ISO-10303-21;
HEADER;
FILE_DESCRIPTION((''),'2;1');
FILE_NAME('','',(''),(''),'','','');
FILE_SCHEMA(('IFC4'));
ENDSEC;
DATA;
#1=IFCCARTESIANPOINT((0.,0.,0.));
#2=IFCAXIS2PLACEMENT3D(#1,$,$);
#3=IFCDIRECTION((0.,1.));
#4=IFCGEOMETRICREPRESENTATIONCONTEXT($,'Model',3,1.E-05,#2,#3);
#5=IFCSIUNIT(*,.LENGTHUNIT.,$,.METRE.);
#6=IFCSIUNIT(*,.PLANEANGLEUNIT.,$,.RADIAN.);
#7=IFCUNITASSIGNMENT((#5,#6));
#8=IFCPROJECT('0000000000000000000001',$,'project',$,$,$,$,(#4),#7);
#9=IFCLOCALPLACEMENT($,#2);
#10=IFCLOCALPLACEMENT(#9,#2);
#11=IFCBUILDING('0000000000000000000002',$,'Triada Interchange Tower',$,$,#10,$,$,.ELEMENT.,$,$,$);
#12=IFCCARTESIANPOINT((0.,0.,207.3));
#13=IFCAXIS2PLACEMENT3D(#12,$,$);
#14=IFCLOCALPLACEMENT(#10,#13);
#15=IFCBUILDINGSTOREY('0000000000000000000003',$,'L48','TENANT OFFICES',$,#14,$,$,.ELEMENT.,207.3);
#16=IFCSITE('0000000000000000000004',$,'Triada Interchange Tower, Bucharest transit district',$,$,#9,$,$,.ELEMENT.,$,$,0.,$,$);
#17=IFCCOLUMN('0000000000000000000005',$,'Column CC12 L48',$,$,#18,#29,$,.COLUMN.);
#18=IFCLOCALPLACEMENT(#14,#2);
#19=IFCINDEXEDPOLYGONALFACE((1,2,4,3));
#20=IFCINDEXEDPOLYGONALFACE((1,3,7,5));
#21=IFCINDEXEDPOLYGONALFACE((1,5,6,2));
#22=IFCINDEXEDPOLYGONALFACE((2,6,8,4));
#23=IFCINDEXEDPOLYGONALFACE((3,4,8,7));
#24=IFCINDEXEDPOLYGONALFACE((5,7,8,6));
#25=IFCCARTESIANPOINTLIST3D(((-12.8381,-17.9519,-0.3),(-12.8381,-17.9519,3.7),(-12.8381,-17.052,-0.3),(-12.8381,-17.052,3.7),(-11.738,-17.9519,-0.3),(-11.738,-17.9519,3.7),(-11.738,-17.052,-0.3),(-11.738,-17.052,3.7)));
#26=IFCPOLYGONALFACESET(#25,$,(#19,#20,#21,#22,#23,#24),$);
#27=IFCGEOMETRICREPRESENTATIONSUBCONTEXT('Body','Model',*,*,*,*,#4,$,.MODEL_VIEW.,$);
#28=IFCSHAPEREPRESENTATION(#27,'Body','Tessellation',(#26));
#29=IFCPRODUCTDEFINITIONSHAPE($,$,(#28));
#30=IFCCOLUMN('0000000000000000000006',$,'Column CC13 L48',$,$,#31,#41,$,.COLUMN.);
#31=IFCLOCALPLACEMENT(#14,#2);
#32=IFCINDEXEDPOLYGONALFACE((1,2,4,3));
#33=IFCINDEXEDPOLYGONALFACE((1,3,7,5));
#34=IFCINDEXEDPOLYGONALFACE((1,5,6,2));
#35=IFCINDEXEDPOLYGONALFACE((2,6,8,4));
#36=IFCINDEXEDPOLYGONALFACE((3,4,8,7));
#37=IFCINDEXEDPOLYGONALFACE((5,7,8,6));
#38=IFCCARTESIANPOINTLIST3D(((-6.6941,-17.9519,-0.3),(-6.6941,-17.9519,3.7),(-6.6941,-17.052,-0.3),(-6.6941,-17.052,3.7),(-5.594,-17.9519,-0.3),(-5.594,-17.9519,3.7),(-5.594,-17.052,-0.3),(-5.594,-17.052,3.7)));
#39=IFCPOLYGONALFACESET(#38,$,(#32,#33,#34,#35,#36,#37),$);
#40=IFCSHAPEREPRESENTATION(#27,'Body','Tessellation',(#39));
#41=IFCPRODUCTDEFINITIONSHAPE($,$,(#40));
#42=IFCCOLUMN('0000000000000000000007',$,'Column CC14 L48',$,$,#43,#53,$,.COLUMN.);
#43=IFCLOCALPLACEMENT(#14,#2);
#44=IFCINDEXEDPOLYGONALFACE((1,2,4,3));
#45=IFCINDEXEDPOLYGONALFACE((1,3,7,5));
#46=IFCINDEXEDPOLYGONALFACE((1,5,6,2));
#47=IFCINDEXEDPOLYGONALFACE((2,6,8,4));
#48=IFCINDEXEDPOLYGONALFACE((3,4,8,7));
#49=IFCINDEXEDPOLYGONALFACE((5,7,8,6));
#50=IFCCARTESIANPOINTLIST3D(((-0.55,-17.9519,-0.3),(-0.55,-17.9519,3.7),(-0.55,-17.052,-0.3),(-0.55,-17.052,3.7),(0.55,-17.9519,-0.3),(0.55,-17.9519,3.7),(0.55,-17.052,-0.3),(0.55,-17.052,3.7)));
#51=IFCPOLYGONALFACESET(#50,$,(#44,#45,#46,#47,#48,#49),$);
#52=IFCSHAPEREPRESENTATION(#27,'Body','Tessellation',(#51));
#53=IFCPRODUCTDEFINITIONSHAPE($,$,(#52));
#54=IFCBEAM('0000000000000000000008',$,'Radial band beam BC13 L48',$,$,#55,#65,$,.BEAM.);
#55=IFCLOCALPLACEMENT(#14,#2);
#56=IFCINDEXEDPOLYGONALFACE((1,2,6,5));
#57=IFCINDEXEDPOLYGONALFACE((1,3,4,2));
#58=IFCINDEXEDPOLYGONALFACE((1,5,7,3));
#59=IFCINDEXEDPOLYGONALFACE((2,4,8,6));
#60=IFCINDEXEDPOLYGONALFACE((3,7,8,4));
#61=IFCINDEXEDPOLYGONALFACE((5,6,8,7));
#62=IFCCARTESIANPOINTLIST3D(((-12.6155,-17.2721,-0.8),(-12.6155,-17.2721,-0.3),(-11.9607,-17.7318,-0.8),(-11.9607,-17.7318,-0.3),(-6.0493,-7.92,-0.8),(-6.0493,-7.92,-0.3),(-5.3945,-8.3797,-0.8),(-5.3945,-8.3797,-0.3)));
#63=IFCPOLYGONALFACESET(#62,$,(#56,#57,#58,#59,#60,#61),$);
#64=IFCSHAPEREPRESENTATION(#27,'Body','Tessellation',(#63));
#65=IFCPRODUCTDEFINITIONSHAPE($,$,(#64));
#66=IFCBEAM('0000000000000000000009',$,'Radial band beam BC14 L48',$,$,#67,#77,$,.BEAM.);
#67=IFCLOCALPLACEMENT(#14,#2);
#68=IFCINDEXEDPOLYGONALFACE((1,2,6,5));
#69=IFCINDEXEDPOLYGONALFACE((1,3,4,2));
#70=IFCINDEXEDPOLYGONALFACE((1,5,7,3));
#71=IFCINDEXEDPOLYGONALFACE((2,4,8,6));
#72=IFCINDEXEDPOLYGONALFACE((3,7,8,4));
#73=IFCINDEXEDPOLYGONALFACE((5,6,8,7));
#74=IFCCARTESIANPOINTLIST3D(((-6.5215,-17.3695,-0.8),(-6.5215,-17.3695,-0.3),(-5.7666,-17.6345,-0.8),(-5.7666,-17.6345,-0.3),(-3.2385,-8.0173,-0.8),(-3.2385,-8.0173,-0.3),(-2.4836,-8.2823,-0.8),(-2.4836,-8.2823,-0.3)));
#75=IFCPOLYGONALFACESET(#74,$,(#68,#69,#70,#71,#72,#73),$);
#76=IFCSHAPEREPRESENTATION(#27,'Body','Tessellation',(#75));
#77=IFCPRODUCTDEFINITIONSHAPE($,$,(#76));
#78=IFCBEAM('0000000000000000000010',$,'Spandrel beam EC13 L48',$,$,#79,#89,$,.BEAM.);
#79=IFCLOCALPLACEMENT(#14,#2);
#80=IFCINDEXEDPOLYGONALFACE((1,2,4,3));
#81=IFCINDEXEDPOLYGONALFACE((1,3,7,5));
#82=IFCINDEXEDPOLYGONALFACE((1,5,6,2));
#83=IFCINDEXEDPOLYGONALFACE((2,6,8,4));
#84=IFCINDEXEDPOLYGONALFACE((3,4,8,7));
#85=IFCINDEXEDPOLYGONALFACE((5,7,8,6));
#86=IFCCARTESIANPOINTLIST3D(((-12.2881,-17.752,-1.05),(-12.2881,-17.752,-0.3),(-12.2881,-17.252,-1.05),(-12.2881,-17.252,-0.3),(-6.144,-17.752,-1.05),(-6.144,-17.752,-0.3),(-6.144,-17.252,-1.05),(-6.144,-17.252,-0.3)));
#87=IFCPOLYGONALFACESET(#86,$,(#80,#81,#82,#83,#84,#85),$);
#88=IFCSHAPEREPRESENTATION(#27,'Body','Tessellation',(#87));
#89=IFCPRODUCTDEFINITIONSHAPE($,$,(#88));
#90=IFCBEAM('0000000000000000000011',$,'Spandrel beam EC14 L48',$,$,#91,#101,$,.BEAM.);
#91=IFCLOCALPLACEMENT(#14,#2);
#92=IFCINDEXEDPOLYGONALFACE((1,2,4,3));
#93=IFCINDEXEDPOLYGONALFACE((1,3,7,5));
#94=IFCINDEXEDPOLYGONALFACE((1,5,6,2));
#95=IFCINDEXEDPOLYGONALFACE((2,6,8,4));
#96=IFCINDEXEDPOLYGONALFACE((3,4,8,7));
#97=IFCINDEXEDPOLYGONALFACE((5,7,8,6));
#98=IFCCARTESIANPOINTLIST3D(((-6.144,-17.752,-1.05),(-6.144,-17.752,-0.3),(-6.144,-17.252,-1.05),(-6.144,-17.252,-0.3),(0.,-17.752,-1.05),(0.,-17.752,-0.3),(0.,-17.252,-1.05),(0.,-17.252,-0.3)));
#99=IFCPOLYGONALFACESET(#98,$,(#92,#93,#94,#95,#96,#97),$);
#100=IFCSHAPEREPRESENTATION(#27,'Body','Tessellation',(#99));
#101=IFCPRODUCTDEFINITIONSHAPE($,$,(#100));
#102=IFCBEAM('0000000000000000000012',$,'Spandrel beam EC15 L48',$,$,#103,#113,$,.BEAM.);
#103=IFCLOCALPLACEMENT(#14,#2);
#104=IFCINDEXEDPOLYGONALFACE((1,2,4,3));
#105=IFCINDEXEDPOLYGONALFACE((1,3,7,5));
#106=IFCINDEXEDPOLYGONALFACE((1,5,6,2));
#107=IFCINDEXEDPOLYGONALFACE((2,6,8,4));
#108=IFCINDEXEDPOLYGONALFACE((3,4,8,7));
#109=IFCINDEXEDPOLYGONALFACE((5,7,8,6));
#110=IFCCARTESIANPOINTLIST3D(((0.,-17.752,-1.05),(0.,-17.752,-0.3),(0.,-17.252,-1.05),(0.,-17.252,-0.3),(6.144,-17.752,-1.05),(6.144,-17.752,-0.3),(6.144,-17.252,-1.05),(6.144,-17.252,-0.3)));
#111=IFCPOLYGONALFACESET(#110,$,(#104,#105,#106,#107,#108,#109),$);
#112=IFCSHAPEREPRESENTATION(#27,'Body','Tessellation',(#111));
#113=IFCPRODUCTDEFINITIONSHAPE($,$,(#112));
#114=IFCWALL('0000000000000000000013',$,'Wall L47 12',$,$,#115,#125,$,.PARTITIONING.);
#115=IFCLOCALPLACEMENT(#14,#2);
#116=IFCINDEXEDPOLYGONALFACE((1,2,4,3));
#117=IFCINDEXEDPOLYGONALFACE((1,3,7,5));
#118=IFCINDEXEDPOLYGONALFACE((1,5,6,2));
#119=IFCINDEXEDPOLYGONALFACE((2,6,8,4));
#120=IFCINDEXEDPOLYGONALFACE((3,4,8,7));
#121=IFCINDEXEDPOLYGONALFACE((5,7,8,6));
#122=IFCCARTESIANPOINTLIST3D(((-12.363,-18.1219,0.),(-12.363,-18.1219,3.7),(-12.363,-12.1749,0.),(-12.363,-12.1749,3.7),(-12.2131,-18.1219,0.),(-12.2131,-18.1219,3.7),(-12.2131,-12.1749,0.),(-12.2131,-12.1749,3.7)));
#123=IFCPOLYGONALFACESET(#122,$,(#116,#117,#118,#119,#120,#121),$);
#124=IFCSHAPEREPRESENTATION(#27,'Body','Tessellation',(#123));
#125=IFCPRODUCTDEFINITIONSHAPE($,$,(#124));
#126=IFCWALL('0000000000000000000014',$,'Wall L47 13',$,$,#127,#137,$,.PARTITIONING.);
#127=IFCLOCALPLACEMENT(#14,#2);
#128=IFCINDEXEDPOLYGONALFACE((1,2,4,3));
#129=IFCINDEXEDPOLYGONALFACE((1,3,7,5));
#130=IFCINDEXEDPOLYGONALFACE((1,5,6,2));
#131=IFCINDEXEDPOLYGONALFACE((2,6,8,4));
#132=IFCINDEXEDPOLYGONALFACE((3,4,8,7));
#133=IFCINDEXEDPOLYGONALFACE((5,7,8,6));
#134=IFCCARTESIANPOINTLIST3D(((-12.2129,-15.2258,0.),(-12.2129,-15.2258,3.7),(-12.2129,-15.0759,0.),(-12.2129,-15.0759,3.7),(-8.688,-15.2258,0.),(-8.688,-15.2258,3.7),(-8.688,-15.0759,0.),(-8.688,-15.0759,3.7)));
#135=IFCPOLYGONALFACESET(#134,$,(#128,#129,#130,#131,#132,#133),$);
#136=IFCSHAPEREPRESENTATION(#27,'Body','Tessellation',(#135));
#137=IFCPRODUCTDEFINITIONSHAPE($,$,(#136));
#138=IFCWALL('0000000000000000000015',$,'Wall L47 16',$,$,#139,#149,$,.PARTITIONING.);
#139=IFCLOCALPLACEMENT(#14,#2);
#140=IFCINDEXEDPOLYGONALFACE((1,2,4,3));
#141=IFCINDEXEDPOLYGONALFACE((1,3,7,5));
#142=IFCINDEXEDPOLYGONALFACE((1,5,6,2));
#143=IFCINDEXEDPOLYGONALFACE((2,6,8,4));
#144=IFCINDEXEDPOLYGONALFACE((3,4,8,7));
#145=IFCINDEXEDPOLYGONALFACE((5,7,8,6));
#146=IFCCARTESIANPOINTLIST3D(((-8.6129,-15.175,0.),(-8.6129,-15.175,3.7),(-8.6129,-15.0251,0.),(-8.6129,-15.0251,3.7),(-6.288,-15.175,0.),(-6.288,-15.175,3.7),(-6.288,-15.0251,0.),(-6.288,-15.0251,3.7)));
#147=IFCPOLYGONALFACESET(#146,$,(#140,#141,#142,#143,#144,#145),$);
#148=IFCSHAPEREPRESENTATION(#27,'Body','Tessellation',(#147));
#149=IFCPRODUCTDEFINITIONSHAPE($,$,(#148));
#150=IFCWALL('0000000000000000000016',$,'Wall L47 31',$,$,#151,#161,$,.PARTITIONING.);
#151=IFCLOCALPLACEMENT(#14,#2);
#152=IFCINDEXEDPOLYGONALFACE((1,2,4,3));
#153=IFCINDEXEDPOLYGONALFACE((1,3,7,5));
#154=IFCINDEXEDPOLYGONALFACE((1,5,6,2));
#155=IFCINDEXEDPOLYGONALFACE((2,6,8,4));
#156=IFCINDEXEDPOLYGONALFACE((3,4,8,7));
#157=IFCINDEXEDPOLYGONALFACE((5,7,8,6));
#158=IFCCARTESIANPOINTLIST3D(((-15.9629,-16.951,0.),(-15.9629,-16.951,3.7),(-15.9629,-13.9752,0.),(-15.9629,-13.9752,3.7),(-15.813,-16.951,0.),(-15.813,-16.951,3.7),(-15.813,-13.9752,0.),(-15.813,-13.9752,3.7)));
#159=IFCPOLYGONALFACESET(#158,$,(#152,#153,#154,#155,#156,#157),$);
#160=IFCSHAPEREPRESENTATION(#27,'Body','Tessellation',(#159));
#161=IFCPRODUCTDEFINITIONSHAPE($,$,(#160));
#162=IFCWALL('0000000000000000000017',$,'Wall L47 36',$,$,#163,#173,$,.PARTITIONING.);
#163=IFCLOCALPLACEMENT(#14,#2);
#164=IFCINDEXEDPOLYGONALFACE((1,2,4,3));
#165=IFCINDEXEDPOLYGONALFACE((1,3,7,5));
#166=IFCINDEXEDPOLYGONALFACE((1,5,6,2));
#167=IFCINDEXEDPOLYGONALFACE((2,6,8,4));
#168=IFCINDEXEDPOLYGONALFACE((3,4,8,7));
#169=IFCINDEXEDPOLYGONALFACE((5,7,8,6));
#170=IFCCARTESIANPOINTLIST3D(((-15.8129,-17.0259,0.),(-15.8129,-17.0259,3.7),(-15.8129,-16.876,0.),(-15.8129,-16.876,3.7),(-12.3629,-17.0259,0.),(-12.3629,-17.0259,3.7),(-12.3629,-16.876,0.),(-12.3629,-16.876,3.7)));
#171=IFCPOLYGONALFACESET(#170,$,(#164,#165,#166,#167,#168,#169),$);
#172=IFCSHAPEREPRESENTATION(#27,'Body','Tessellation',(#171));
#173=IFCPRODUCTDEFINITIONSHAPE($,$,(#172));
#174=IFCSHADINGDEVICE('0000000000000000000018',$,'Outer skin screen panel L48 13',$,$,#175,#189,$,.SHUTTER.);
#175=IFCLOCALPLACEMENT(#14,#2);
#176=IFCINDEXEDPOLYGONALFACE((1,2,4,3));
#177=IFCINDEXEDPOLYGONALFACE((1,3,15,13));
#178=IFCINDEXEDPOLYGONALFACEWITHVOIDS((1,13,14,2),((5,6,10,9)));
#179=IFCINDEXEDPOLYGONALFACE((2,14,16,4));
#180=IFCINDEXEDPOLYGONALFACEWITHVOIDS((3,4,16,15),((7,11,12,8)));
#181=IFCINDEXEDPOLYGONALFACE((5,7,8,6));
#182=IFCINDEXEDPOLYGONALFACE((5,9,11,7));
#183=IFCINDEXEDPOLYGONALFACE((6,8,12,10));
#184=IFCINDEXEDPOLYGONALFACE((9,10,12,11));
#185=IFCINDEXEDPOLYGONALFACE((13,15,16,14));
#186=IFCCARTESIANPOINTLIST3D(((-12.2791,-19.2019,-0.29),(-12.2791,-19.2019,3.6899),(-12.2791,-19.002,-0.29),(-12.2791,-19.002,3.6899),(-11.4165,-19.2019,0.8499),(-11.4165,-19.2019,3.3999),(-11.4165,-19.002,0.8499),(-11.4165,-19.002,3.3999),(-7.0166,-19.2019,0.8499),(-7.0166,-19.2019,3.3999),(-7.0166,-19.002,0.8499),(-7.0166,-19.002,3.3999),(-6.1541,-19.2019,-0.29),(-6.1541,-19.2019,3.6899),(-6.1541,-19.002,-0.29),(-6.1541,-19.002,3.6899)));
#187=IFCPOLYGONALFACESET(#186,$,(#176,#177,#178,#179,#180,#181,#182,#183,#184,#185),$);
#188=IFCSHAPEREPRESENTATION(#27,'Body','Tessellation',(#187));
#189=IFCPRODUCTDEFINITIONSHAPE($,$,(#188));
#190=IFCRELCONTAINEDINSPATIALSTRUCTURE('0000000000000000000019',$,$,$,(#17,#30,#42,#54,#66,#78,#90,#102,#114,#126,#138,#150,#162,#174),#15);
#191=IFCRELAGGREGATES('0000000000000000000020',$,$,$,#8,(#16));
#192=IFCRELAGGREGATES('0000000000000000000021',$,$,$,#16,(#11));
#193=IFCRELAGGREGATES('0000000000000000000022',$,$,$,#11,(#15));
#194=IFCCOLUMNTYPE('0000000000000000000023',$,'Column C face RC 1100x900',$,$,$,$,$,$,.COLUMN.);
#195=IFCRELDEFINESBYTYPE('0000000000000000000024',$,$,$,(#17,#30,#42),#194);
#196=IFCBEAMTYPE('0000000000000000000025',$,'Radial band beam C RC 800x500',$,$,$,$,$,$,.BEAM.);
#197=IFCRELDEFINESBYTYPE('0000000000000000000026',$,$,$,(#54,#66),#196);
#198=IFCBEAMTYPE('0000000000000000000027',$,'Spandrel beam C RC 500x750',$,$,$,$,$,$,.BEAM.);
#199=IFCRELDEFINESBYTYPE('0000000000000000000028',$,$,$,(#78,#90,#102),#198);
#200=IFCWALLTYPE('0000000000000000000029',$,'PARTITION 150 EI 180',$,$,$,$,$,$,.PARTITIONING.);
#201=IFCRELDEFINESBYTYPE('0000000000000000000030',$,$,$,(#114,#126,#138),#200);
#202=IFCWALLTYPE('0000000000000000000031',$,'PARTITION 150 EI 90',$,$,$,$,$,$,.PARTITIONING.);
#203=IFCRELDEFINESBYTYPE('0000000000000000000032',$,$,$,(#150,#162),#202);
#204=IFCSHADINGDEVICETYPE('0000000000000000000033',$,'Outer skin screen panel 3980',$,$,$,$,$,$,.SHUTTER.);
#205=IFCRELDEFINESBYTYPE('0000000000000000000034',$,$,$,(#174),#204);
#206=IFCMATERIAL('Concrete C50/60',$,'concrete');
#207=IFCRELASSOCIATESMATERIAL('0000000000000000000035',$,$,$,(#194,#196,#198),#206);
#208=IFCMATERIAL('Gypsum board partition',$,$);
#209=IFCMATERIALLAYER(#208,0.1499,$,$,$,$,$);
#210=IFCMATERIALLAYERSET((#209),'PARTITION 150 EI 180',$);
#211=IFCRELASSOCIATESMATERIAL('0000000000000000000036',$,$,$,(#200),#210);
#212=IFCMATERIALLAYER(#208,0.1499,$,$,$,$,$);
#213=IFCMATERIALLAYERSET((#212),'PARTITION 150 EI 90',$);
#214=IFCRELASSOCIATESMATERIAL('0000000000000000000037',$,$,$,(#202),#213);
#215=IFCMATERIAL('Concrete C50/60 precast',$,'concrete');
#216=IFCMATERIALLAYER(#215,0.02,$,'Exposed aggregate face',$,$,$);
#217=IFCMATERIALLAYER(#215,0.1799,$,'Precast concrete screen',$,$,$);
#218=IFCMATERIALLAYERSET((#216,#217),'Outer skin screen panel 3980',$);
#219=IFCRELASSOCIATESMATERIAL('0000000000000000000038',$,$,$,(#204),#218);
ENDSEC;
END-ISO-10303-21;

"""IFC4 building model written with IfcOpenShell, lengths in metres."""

from ifc_helpers import new_model, si_unit, direction, frame, frame_2d, origin, origin_2d, place, context, subcontext, project, spatial, polyline, rectangle, outline, extrude, material, layer, layer_set, material_profile, profile_set, type_object, element, save


model = new_model("IFC4")

# Units and contexts
model_context = context("Model", 3, precision=1e-05, world=origin(), true_north=direction((0.0, 1.0)))
body_context = subcontext(model_context, "Body", "Model", "MODEL_VIEW")
ifc_project = project(units=[si_unit("LENGTHUNIT", "METRE"), si_unit("PLANEANGLEUNIT", "RADIAN")], contexts=[model_context])

# Site, building, storey
site_placement = place(None, origin())
site = spatial("IfcSite", under=ifc_project, at=site_placement, Name="Triada Interchange Tower, Bucharest transit district", CompositionType="ELEMENT", RefElevation=0.0)
building_placement = place(site_placement, origin())
building = spatial("IfcBuilding", under=site, at=building_placement, Name="Triada Interchange Tower", CompositionType="ELEMENT")
storey_placement = place(building_placement, frame((0.0, 0.0, 207.3)))
storey = spatial("IfcBuildingStorey", under=building, at=storey_placement, Name="L48", Description="TENANT OFFICES", CompositionType="ELEMENT", Elevation=207.3)

# Columns
ifc_material_1 = material(Name="Concrete C50/60", Category="concrete")
ifc_material_profile_1 = material_profile(ifc_material_1, rectangle(XDim=1.1001, YDim=0.8999, at=origin_2d()), Name="RC 1100x900")
ifc_profile_set_1 = profile_set([ifc_material_profile_1], Name="Concrete C50/60")
column_type = type_object("IfcColumnType", Name="Column C face RC 1100x900", PredefinedType="COLUMN", material=ifc_profile_set_1)
for number, where, z_axis, x_axis, name in (
    (1, (-12.2881, -17.502, -0.3), (0.0, 0.0, 1.0), (1.0, 0.0, 0.0), "Column CC12 L48"),
    (2, (-6.144, -17.502, -0.3), (0.0, 0.0, 1.0), (1.0, 0.0, 0.0), "Column CC13 L48"),
    (3, (0.0, -17.502, -0.3), (0.0, 0.0, 1.0), (1.0, 0.0, 0.0), "Column CC14 L48"),
):
    element("IfcColumn", number, at=place(storey_placement, frame(where, z_axis=z_axis, x_axis=x_axis)), inside=storey, type_object=column_type, Name=name, PredefinedType="COLUMN", context=body_context, shape_type="SweptSolid", body=[
        extrude(rectangle(XDim=1.1001, YDim=0.8999, at=origin_2d()), origin(), (0.0, 0.0, 1.0), 4.0),
    ])

# Beams
ifc_material_profile_2 = material_profile(ifc_material_1, rectangle(XDim=0.8, YDim=0.5, at=origin_2d()), Name="RC 800x500")
ifc_profile_set_2 = profile_set([ifc_material_profile_2], Name="Concrete C50/60")
beam_type_1 = type_object("IfcBeamType", Name="Radial band beam C RC 800x500", PredefinedType="BEAM", material=ifc_profile_set_2)
beam_1_placement = place(storey_placement, frame((-12.2881, -17.502, -0.55), z_axis=(0.57462, 0.81842, 0.0), x_axis=(-0.81842, 0.57462, 0.0)))
element("IfcBeam", 4, at=beam_1_placement, inside=storey, type_object=beam_type_1, Name="Radial band beam BC13 L48", PredefinedType="BEAM", context=body_context, shape_type="SweptSolid", body=[
    extrude(rectangle(XDim=0.8, YDim=0.5, at=origin_2d()), origin(), (0.0, 0.0, 1.0), 11.427),
])
beam_2_placement = place(storey_placement, frame((-6.144, -17.502, -0.55), z_axis=(0.331226, 0.943552, 0.0), x_axis=(-0.943552, 0.331226, 0.0)))
element("IfcBeam", 5, at=beam_2_placement, inside=storey, type_object=beam_type_1, Name="Radial band beam BC14 L48", PredefinedType="BEAM", context=body_context, shape_type="SweptSolid", body=[
    extrude(rectangle(XDim=0.8, YDim=0.5, at=origin_2d()), origin(), (0.0, 0.0, 1.0), 9.9116),
])
ifc_material_profile_3 = material_profile(ifc_material_1, rectangle(XDim=0.5, YDim=0.75, at=origin_2d()), Name="RC 500x750")
ifc_profile_set_3 = profile_set([ifc_material_profile_3], Name="Concrete C50/60")
beam_type_2 = type_object("IfcBeamType", Name="Spandrel beam C RC 500x750", PredefinedType="BEAM", material=ifc_profile_set_3)
for number, where, z_axis, x_axis, name in (
    (6, (-12.2881, -17.502, -0.675), (1.0, 0.0, 0.0), (0.0, 1.0, 0.0), "Spandrel beam EC13 L48"),
    (7, (-6.144, -17.502, -0.675), (1.0, 0.0, 0.0), (0.0, 1.0, 0.0), "Spandrel beam EC14 L48"),
    (8, (0.0, -17.502, -0.675), (1.0, 0.0, 0.0), (0.0, 1.0, 0.0), "Spandrel beam EC15 L48"),
):
    element("IfcBeam", number, at=place(storey_placement, frame(where, z_axis=z_axis, x_axis=x_axis)), inside=storey, type_object=beam_type_2, Name=name, PredefinedType="BEAM", context=body_context, shape_type="SweptSolid", body=[
        extrude(rectangle(XDim=0.5, YDim=0.75, at=origin_2d()), origin(), (0.0, 0.0, 1.0), 6.144),
    ])

# Walls
ifc_material_2 = material(Name="Gypsum board partition")
ifc_layer_1 = layer(ifc_material_2, 0.1499)
ifc_layer_set_1 = layer_set([ifc_layer_1], Name="PARTITION 150 EI 180")
wall_type_1 = type_object("IfcWallType", Name="PARTITION 150 EI 180", PredefinedType="PARTITIONING", material=ifc_layer_set_1)
wall_1_placement = place(storey_placement, frame((-12.2881, -18.1221, 0.0), z_axis=(0.0, 0.0, 1.0), x_axis=(0.0, 1.0, 0.0)))
element("IfcWall", 9, at=wall_1_placement, inside=storey, type_object=wall_type_1, Name="Wall L47 12", PredefinedType="PARTITIONING", context=body_context, shape_type="SweptSolid", body=[
    extrude(rectangle(XDim=5.947, YDim=0.1499, at=frame_2d((2.9736, 0.0))), origin(), (0.0, 0.0, 1.0), 3.7),
])
wall_2_placement = place(storey_placement, frame((-12.2129, -15.1509, 0.0), z_axis=(0.0, 0.0, 1.0), x_axis=(1.0, 0.0, 0.0)))
element("IfcWall", 10, at=wall_2_placement, inside=storey, type_object=wall_type_1, Name="Wall L47 13", PredefinedType="PARTITIONING", context=body_context, shape_type="SweptSolid", body=[
    extrude(rectangle(XDim=3.5249, YDim=0.1499, at=frame_2d((1.7625, 0.0))), origin(), (0.0, 0.0, 1.0), 3.7),
])
wall_3_placement = place(storey_placement, frame((-8.613, -15.1001, 0.0), z_axis=(0.0, 0.0, 1.0), x_axis=(1.0, 0.0, 0.0)))
element("IfcWall", 11, at=wall_3_placement, inside=storey, type_object=wall_type_1, Name="Wall L47 16", PredefinedType="PARTITIONING", context=body_context, shape_type="SweptSolid", body=[
    extrude(rectangle(XDim=2.325, YDim=0.1499, at=frame_2d((1.1626, 0.0))), origin(), (0.0, 0.0, 1.0), 3.7),
])
ifc_layer_2 = layer(ifc_material_2, 0.1499)
ifc_layer_set_2 = layer_set([ifc_layer_2], Name="PARTITION 150 EI 90")
wall_type_2 = type_object("IfcWallType", Name="PARTITION 150 EI 90", PredefinedType="PARTITIONING", material=ifc_layer_set_2)
wall_4_placement = place(storey_placement, frame((-15.8879, -16.9509, 0.0), z_axis=(0.0, 0.0, 1.0), x_axis=(0.0, 1.0, 0.0)))
element("IfcWall", 12, at=wall_4_placement, inside=storey, type_object=wall_type_2, Name="Wall L47 31", PredefinedType="PARTITIONING", context=body_context, shape_type="SweptSolid", body=[
    extrude(rectangle(XDim=2.9758, YDim=0.1499, at=frame_2d((1.4878, 0.0))), origin(), (0.0, 0.0, 1.0), 3.7),
])
wall_5_placement = place(storey_placement, frame((-15.813, -16.9509, 0.0), z_axis=(0.0, 0.0, 1.0), x_axis=(1.0, 0.0, 0.0)))
element("IfcWall", 13, at=wall_5_placement, inside=storey, type_object=wall_type_2, Name="Wall L47 36", PredefinedType="PARTITIONING", context=body_context, shape_type="SweptSolid", body=[
    extrude(rectangle(XDim=3.45, YDim=0.1499, at=frame_2d((1.7251, 0.0))), origin(), (0.0, 0.0, 1.0), 3.7),
])

# Shading device
ifc_material_3 = material(Name="Concrete C50/60 precast", Category="concrete")
ifc_layer_3 = layer(ifc_material_3, 0.02, Name="Exposed aggregate face")
ifc_layer_4 = layer(ifc_material_3, 0.1799, Name="Precast concrete screen")
ifc_layer_set_3 = layer_set([ifc_layer_3, ifc_layer_4], Name="Outer skin screen panel 3980")
shading_device_type = type_object("IfcShadingDeviceType", Name="Outer skin screen panel 3980", PredefinedType="SHUTTER", material=ifc_layer_set_3)
shading_device_1_placement = place(storey_placement, frame((-12.2791, -19.002, -0.29), z_axis=(0.0, 0.0, 1.0), x_axis=(1.0, 0.0, 0.0)))
element("IfcShadingDevice", 14, at=shading_device_1_placement, inside=storey, type_object=shading_device_type, Name="Outer skin screen panel L48 13", PredefinedType="SHUTTER", context=body_context, shape_type="SweptSolid", body=[
    extrude(outline(polyline([(0.0, 0.0), (6.125, 0.0), (6.125, 3.98), (0.0, 3.98), (0.0, 0.0)]), holes=[polyline([(0.8625, 1.1399), (0.8625, 3.6899), (5.2625, 3.6899), (5.2625, 1.1399), (0.8625, 1.1399)])]), frame((0.0, 0.0, 0.0), z_axis=(0.0, -1.0, 0.0), x_axis=(1.0, 0.0, 0.0)), (0.0, 0.0, 1.0), 0.2),
])

save(model, "model.ifc")
